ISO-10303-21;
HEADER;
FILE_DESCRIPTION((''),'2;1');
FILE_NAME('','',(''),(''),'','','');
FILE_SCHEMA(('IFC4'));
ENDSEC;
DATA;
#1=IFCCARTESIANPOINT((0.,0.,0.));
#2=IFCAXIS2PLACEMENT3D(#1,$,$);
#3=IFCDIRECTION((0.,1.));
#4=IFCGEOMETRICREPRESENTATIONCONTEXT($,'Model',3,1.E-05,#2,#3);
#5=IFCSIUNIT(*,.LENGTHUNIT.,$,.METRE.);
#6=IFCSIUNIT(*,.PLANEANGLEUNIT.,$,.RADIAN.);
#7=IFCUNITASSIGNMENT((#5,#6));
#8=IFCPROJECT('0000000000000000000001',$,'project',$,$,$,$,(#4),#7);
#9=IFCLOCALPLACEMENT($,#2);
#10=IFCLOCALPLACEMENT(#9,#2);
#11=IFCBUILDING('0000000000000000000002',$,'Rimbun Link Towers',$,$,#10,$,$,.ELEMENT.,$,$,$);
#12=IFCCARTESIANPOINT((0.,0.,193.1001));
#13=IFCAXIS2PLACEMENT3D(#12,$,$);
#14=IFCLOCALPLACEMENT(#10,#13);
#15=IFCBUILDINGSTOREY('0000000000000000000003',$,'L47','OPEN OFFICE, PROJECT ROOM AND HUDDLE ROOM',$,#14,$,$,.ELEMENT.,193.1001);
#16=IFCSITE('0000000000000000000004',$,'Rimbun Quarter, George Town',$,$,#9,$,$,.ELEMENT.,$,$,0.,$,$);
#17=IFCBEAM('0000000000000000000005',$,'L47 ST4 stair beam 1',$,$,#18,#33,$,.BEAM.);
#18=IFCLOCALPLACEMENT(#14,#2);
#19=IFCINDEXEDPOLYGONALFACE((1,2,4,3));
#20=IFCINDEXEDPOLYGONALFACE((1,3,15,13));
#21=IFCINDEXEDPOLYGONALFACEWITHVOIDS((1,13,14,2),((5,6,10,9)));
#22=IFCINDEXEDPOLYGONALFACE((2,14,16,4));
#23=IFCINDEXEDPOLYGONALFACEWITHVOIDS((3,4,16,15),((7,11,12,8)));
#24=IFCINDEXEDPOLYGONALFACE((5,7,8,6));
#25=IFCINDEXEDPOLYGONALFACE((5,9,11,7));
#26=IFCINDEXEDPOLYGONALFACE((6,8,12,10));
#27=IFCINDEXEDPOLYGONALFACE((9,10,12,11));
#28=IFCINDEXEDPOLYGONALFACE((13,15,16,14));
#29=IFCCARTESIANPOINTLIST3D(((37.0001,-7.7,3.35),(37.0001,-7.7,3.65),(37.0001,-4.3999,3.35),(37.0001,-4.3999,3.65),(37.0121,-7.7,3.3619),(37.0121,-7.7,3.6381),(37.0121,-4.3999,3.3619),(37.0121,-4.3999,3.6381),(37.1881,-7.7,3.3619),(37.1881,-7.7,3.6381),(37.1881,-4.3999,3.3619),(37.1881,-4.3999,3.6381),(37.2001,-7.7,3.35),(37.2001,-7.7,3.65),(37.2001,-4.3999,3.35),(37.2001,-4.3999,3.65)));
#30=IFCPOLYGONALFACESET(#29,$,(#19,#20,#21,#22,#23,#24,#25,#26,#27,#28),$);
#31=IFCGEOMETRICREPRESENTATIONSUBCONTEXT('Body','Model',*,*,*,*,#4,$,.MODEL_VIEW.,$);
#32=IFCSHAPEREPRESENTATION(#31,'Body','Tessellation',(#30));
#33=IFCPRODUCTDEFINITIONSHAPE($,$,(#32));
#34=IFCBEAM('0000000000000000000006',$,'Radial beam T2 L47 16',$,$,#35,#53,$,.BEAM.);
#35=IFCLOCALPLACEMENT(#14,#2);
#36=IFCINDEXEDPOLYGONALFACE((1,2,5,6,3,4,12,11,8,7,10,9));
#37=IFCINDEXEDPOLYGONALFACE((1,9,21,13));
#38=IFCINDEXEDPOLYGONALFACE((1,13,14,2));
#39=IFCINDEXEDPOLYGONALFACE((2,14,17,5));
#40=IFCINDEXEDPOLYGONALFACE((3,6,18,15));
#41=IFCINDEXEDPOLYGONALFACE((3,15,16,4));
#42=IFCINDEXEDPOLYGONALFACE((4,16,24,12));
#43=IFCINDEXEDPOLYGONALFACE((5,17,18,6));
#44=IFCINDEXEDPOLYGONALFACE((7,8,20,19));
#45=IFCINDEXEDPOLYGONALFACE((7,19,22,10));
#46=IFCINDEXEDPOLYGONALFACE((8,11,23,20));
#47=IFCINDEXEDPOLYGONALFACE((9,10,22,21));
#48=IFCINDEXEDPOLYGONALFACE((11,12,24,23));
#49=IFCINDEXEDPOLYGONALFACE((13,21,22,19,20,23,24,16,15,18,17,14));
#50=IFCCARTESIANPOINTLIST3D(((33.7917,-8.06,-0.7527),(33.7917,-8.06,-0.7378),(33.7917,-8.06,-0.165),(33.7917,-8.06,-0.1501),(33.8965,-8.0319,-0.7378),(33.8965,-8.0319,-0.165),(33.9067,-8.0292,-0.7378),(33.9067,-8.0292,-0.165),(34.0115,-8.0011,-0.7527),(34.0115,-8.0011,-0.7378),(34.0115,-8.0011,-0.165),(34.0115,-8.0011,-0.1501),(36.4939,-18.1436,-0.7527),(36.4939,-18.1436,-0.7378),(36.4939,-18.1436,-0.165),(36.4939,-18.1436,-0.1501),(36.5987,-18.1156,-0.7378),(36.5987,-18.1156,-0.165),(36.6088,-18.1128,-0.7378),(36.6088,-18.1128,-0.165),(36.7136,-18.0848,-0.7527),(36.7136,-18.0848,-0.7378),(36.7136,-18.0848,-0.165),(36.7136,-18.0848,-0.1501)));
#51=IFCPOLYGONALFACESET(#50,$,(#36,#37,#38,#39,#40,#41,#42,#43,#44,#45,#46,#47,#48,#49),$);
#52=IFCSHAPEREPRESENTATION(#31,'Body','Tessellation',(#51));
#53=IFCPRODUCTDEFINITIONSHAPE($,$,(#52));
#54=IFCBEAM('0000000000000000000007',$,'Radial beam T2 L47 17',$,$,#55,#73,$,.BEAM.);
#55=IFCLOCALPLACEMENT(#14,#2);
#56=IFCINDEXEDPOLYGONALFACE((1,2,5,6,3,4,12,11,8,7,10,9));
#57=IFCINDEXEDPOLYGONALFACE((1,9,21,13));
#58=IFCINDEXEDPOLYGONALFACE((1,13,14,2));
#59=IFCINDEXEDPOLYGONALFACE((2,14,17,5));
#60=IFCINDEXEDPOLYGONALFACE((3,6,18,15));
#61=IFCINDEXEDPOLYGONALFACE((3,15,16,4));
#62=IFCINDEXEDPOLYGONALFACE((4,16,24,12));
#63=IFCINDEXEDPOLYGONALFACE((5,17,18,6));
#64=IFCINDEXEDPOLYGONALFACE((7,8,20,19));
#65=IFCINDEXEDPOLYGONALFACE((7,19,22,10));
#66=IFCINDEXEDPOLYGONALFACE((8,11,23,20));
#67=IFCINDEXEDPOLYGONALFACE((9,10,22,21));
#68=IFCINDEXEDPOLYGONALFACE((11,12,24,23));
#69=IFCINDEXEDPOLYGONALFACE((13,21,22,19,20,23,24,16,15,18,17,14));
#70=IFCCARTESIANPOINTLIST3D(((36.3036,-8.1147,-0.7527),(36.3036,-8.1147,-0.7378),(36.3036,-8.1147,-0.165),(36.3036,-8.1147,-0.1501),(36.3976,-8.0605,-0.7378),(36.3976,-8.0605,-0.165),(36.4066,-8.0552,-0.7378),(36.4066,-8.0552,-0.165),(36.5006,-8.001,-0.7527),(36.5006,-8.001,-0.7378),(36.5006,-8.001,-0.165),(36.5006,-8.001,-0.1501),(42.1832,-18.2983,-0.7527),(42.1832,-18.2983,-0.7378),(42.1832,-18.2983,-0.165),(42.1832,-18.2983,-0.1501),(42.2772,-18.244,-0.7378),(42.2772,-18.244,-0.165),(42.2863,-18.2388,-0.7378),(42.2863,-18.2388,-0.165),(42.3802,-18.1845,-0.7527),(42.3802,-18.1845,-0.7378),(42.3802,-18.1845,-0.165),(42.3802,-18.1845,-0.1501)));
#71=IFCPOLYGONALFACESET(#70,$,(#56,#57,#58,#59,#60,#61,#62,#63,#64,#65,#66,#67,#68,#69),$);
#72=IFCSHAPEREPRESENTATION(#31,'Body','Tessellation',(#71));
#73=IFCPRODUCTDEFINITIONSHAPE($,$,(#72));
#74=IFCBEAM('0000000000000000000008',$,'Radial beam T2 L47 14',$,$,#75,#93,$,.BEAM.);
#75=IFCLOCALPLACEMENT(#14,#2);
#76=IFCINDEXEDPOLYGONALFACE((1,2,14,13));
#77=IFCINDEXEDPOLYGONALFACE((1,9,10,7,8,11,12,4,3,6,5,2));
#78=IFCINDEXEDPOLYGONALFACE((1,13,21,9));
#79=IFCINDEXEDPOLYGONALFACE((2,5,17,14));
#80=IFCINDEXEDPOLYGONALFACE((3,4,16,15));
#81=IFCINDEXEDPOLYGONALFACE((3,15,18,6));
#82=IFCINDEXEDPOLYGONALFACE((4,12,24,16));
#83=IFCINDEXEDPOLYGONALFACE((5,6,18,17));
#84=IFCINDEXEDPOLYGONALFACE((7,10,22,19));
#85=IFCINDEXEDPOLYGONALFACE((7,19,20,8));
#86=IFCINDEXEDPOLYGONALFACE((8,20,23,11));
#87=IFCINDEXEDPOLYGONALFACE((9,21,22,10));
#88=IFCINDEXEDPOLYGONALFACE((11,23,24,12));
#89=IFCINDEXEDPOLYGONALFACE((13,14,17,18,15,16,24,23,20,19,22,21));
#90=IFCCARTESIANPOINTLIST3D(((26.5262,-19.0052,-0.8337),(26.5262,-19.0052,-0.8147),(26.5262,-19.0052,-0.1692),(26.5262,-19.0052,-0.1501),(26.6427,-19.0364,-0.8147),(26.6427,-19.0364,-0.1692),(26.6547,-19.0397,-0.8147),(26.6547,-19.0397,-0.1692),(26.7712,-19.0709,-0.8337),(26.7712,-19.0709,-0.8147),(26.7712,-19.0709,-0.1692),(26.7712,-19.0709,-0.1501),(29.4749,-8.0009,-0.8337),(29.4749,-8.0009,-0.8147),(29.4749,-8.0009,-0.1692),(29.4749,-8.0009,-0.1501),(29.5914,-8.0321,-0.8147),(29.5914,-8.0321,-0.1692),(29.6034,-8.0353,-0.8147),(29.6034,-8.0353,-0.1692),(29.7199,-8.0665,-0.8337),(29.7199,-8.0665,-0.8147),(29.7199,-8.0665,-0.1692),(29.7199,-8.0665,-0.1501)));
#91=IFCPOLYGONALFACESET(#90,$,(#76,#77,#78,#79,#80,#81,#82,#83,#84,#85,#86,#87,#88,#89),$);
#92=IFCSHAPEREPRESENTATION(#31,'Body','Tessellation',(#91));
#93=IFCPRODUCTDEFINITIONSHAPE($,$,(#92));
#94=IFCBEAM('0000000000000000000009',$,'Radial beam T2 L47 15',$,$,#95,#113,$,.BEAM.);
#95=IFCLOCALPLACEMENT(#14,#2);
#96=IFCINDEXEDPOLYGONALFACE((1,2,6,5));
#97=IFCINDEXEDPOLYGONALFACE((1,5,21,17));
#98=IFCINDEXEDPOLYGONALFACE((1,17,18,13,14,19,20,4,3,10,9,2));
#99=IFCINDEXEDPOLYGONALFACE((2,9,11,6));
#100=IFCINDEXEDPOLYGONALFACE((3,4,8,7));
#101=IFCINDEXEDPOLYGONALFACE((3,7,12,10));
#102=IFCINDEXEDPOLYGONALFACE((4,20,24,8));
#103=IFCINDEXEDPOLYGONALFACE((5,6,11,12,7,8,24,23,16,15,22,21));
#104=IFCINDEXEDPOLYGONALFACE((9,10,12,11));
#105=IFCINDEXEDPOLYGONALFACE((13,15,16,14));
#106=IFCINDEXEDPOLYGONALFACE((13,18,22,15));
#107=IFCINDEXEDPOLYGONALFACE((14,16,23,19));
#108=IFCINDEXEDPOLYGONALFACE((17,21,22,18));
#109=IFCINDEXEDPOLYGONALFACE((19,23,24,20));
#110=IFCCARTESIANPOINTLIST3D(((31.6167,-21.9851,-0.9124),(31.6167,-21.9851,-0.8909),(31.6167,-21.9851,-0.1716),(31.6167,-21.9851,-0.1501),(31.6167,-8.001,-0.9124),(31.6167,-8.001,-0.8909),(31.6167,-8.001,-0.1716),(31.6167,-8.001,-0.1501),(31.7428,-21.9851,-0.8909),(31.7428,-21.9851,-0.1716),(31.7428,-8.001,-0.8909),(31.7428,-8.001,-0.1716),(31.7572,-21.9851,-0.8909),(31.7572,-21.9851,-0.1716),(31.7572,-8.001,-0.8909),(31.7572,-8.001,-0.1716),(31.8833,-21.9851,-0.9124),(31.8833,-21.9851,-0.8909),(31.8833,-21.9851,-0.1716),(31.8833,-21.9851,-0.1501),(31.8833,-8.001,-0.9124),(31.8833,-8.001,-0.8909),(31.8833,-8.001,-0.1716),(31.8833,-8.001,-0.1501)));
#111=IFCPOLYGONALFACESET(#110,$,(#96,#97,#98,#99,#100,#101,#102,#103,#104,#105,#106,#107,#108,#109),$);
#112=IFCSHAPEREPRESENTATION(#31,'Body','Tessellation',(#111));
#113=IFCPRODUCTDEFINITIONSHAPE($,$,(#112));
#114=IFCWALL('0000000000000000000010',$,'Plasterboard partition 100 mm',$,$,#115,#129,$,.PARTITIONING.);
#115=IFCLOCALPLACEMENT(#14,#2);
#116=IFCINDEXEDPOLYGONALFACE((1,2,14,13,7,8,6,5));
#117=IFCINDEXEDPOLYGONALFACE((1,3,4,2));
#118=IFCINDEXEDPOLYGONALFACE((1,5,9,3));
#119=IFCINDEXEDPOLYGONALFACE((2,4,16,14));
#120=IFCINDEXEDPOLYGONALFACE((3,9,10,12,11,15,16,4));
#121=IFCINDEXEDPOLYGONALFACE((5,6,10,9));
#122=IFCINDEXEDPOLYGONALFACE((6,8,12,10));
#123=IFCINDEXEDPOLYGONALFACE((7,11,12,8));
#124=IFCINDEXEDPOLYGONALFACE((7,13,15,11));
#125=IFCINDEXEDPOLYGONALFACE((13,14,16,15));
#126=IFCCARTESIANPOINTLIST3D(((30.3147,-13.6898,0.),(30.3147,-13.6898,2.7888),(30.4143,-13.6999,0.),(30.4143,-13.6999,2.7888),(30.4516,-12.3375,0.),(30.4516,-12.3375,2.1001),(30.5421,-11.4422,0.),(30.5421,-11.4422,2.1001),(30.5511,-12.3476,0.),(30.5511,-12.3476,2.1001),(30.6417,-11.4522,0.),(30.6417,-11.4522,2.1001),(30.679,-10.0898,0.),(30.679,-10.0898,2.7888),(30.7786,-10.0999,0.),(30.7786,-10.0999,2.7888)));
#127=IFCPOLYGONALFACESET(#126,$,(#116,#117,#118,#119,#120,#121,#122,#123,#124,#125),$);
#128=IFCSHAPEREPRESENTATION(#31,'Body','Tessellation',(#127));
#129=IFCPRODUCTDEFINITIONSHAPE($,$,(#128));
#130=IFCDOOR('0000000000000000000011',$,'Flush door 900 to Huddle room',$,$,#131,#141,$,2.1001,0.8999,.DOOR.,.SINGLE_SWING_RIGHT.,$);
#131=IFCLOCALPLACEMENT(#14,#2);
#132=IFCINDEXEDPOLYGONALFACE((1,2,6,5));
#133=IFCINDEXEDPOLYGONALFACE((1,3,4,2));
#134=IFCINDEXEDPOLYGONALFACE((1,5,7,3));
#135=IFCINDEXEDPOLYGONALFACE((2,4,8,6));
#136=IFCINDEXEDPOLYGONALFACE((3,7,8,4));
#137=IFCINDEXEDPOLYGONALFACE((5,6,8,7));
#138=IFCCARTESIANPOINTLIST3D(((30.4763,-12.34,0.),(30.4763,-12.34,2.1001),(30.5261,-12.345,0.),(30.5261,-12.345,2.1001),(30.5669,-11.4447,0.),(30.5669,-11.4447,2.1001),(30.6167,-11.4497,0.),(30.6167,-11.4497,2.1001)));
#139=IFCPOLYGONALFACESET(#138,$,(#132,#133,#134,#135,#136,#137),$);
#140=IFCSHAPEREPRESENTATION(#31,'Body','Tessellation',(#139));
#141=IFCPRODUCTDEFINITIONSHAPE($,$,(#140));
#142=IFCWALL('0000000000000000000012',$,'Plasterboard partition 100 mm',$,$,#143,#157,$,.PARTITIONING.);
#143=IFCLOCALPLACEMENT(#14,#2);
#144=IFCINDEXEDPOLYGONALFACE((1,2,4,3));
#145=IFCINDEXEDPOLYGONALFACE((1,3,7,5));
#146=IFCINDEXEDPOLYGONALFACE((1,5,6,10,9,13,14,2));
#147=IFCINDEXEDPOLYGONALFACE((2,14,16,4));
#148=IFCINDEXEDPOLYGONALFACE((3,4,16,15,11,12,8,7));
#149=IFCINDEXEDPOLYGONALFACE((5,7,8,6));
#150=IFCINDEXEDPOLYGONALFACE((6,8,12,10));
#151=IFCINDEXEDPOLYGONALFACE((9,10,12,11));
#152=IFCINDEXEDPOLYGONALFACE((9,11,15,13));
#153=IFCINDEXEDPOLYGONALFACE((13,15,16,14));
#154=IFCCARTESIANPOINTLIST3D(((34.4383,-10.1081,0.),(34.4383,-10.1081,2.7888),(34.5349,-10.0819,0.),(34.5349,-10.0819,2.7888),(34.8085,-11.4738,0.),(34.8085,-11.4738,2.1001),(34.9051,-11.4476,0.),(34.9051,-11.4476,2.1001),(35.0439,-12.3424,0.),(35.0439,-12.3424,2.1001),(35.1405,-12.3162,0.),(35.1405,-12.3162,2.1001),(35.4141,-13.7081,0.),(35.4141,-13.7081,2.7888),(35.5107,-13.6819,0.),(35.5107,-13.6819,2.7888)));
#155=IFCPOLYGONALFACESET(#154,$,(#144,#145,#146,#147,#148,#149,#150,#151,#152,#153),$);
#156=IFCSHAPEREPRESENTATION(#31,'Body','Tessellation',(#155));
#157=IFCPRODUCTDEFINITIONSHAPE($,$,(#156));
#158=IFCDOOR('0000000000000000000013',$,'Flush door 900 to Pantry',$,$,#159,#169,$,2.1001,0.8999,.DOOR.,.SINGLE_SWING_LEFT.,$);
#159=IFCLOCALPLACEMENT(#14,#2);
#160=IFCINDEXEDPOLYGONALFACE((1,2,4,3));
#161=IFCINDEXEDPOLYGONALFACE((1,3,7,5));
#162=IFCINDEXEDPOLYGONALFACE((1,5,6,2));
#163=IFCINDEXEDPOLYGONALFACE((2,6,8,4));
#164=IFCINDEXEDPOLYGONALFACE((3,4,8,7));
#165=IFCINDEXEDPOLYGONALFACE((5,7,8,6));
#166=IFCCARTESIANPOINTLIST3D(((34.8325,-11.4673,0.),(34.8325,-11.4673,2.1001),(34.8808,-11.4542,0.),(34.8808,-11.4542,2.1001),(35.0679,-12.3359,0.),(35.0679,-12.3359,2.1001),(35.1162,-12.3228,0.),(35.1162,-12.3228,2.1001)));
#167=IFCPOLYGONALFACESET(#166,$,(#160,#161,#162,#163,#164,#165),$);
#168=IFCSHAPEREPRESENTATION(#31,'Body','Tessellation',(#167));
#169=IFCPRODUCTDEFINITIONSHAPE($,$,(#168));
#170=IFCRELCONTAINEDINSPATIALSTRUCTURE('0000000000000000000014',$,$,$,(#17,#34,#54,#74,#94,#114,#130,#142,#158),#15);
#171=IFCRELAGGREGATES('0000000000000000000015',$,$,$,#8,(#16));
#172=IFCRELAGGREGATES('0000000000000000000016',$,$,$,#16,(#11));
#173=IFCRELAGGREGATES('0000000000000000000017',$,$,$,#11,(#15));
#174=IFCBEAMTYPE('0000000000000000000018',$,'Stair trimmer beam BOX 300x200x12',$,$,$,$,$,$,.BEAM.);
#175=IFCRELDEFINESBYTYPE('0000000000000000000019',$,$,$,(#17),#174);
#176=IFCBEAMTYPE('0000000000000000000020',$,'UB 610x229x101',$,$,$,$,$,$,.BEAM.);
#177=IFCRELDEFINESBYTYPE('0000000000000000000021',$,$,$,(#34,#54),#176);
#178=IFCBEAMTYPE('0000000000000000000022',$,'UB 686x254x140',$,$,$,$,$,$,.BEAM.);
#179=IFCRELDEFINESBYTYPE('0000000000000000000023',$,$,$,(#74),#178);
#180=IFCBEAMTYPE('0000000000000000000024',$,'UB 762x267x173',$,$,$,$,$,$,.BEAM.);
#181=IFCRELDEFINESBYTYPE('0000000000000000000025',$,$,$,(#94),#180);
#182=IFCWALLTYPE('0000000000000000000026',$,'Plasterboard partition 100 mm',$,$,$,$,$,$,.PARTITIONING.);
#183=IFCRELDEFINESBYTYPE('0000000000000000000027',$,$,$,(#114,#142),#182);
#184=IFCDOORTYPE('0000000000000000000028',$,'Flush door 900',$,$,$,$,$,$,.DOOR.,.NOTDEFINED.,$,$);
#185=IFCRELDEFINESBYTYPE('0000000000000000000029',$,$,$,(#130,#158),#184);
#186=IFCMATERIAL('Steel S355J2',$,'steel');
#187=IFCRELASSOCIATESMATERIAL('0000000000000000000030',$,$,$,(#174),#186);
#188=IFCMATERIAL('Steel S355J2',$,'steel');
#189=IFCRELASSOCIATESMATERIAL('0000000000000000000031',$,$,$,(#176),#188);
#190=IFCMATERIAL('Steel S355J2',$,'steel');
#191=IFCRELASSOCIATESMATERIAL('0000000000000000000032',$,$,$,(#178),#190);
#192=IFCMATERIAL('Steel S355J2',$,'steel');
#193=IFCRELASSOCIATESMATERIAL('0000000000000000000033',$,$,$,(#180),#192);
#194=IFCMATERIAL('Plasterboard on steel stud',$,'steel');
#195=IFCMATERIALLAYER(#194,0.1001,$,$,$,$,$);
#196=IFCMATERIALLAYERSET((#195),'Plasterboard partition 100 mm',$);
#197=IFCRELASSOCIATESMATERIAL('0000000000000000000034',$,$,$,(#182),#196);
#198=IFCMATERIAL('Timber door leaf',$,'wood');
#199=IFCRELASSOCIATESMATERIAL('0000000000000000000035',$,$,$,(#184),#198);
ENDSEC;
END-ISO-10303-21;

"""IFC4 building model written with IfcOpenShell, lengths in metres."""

from ifc_helpers import new_model, si_unit, direction, frame, frame_2d, origin, origin_2d, place, context, subcontext, project, spatial, rectangle, hollow_rectangle, i_section, extrude, material, layer, layer_set, material_profile, profile_set, type_object, element, fill, save


model = new_model("IFC4")

# Units and contexts
model_context = context("Model", 3, precision=1e-05, world=origin(), true_north=direction((0.0, 1.0)))
body_context = subcontext(model_context, "Body", "Model", "MODEL_VIEW")
ifc_project = project(units=[si_unit("LENGTHUNIT", "METRE"), si_unit("PLANEANGLEUNIT", "RADIAN")], contexts=[model_context])

# Site, building, storey
site_placement = place(None, origin())
site = spatial("IfcSite", under=ifc_project, at=site_placement, Name="Rimbun Quarter, George Town", CompositionType="ELEMENT", RefElevation=0.0)
building_placement = place(site_placement, origin())
building = spatial("IfcBuilding", under=site, at=building_placement, Name="Rimbun Link Towers", CompositionType="ELEMENT")
storey_placement = place(building_placement, frame((0.0, 0.0, 193.1001)))
storey = spatial("IfcBuildingStorey", under=building, at=storey_placement, Name="L47", Description="OPEN OFFICE, PROJECT ROOM AND HUDDLE ROOM", CompositionType="ELEMENT", Elevation=193.1001)

# Beams
ifc_material_1 = material(Name="Steel S355J2", Category="steel")
ifc_material_profile_1 = material_profile(ifc_material_1, hollow_rectangle(XDim=0.2, YDim=0.3, WallThickness=0.012, at=origin_2d()), Name="BOX 300x200x12")
ifc_profile_set_1 = profile_set([ifc_material_profile_1], Name="Steel S355J2")
beam_type_1 = type_object("IfcBeamType", Name="Stair trimmer beam BOX 300x200x12", PredefinedType="BEAM", material=ifc_profile_set_1)
beam_1_placement = place(storey_placement, frame((37.1001, -7.7, 3.5), z_axis=(0.0, 1.0, 0.0), x_axis=(-1.0, 0.0, 0.0)))
element("IfcBeam", 1, at=beam_1_placement, inside=storey, type_object=beam_type_1, Name="L47 ST4 stair beam 1", PredefinedType="BEAM", context=body_context, shape_type="SweptSolid", body=[
    extrude(hollow_rectangle(XDim=0.2, YDim=0.3, WallThickness=0.012, at=origin_2d()), origin(), (0.0, 0.0, 1.0), 3.3),
])
ifc_material_2 = material(Name="Steel S355J2", Category="steel")
ifc_material_profile_2 = material_profile(ifc_material_2, i_section(OverallWidth=0.2275, OverallDepth=0.6025, WebThickness=0.0105, FlangeThickness=0.0149, at=origin_2d()), Name="UB 610x229x101")
ifc_profile_set_2 = profile_set([ifc_material_profile_2], Name="Steel S355J2")
beam_type_2 = type_object("IfcBeamType", Name="UB 610x229x101", PredefinedType="BEAM", material=ifc_profile_set_2)
beam_2_placement = place(storey_placement, frame((33.9016, -8.0305, -0.4514), z_axis=(0.258839, -0.965921, 0.0), x_axis=(0.965921, 0.258839, 0.0)))
element("IfcBeam", 2, at=beam_2_placement, inside=storey, type_object=beam_type_2, Name="Radial beam T2 L47 16", PredefinedType="BEAM", context=body_context, shape_type="SweptSolid", body=[
    extrude(i_section(OverallWidth=0.2275, OverallDepth=0.6025, WebThickness=0.0105, FlangeThickness=0.0149, at=origin_2d()), origin(), (0.0, 0.0, 1.0), 10.4395),
])
beam_3_placement = place(storey_placement, frame((36.4021, -8.0579, -0.4514), z_axis=(0.500009, -0.86602, 0.0), x_axis=(0.86602, 0.500009, 0.0)))
element("IfcBeam", 3, at=beam_3_placement, inside=storey, type_object=beam_type_2, Name="Radial beam T2 L47 17", PredefinedType="BEAM", context=body_context, shape_type="SweptSolid", body=[
    extrude(i_section(OverallWidth=0.2275, OverallDepth=0.6025, WebThickness=0.0105, FlangeThickness=0.0149, at=origin_2d()), origin(), (0.0, 0.0, 1.0), 11.759),
])
ifc_material_3 = material(Name="Steel S355J2", Category="steel")
ifc_material_profile_3 = material_profile(ifc_material_3, i_section(OverallWidth=0.2537, OverallDepth=0.6836, WebThickness=0.0125, FlangeThickness=0.019, at=origin_2d()), Name="UB 686x254x140")
ifc_profile_set_3 = profile_set([ifc_material_profile_3], Name="Steel S355J2")
beam_type_3 = type_object("IfcBeamType", Name="UB 686x254x140", PredefinedType="BEAM", material=ifc_profile_set_3)
beam_4_placement = place(storey_placement, frame((29.5974, -8.0337, -0.4919), z_axis=(-0.258828, -0.965923, 0.0), x_axis=(0.965923, -0.258828, 0.0)))
element("IfcBeam", 4, at=beam_4_placement, inside=storey, type_object=beam_type_3, Name="Radial beam T2 L47 14", PredefinedType="BEAM", context=body_context, shape_type="SweptSolid", body=[
    extrude(i_section(OverallWidth=0.2537, OverallDepth=0.6836, WebThickness=0.0125, FlangeThickness=0.019, at=origin_2d()), origin(), (0.0, 0.0, 1.0), 11.3926),
])
ifc_material_4 = material(Name="Steel S355J2", Category="steel")
ifc_material_profile_4 = material_profile(ifc_material_4, i_section(OverallWidth=0.2666, OverallDepth=0.7622, WebThickness=0.0144, FlangeThickness=0.0215, at=origin_2d()), Name="UB 762x267x173")
ifc_profile_set_4 = profile_set([ifc_material_profile_4], Name="Steel S355J2")
beam_type_4 = type_object("IfcBeamType", Name="UB 762x267x173", PredefinedType="BEAM", material=ifc_profile_set_4)
beam_5_placement = place(storey_placement, frame((31.75, -8.001, -0.5312), z_axis=(0.0, -1.0, 0.0), x_axis=(1.0, 0.0, 0.0)))
element("IfcBeam", 5, at=beam_5_placement, inside=storey, type_object=beam_type_4, Name="Radial beam T2 L47 15", PredefinedType="BEAM", context=body_context, shape_type="SweptSolid", body=[
    extrude(i_section(OverallWidth=0.2666, OverallDepth=0.7622, WebThickness=0.0144, FlangeThickness=0.0215, at=origin_2d()), origin(), (0.0, 0.0, 1.0), 13.9841),
])

# Walls, openings, doors
ifc_material_5 = material(Name="Plasterboard on steel stud", Category="steel")
ifc_layer_1 = layer(ifc_material_5, 0.1001)
ifc_layer_set_1 = layer_set([ifc_layer_1], Name="Plasterboard partition 100 mm")
wall_type_1 = type_object("IfcWallType", Name="Plasterboard partition 100 mm", PredefinedType="PARTITIONING", material=ifc_layer_set_1)
wall_1_placement = place(storey_placement, frame((30.7288, -10.095, 0.0), z_axis=(0.0, 0.0, 1.0), x_axis=(-0.100666, -0.99492, 0.0)))
wall_1 = element("IfcWall", 6, at=wall_1_placement, inside=storey, type_object=wall_type_1, Name="Plasterboard partition 100 mm", PredefinedType="PARTITIONING", context=body_context, shape_type="SweptSolid", body=[
    extrude(rectangle(XDim=3.6184, YDim=0.1001, at=frame_2d((1.8091, 0.0))), origin(), (0.0, 0.0, 1.0), 2.7888),
])
opening_1_placement = place(wall_1_placement, frame((1.3591, 0.0, 0.0)))
opening_1 = element("IfcOpeningElement", 7, at=opening_1_placement, cuts=wall_1, PredefinedType="OPENING", context=body_context, shape_type="SweptSolid", body=[
    extrude(rectangle(XDim=0.8999, YDim=2.1001, at=frame_2d((0.45, 1.05))), frame((0.0, 0.0601, 0.0), z_axis=(0.0, -1.0, 0.0), x_axis=(1.0, 0.0, 0.0)), (0.0, 0.0, 1.0), 0.1201),
])
ifc_material_6 = material(Name="Timber door leaf", Category="wood")
door_type_1 = type_object("IfcDoorType", Name="Flush door 900", OperationType="NOTDEFINED", PredefinedType="DOOR", material=ifc_material_6)
door_1_placement = place(opening_1_placement, origin())
door_1 = element("IfcDoor", 8, at=door_1_placement, inside=storey, type_object=door_type_1, Name="Flush door 900 to Huddle room", OperationType="SINGLE_SWING_RIGHT", OverallHeight=2.1001, OverallWidth=0.8999, PredefinedType="DOOR", context=body_context, shape_type="SweptSolid", body=[
    extrude(rectangle(XDim=0.8999, YDim=2.1001, at=frame_2d((0.45, 1.05))), frame((0.0, 0.0249, 0.0), z_axis=(0.0, -1.0, 0.0), x_axis=(1.0, 0.0, 0.0)), (0.0, 0.0, 1.0), 0.05),
])
fill(opening_1, door_1)
wall_2_placement = place(storey_placement, frame((34.4866, -10.095, 0.0), z_axis=(0.0, 0.0, 1.0), x_axis=(0.261616, -0.965172, 0.0)))
wall_2 = element("IfcWall", 9, at=wall_2_placement, inside=storey, type_object=wall_type_1, Name="Plasterboard partition 100 mm", PredefinedType="PARTITIONING", context=body_context, shape_type="SweptSolid", body=[
    extrude(rectangle(XDim=3.73, YDim=0.1001, at=frame_2d((1.865, 0.0))), origin(), (0.0, 0.0, 1.0), 2.7888),
])
opening_2_placement = place(wall_2_placement, frame((1.415, 0.0, 0.0)))
opening_2 = element("IfcOpeningElement", 10, at=opening_2_placement, cuts=wall_2, PredefinedType="OPENING", context=body_context, shape_type="SweptSolid", body=[
    extrude(rectangle(XDim=0.8999, YDim=2.1001, at=frame_2d((0.45, 1.05))), frame((0.0, 0.0601, 0.0), z_axis=(0.0, -1.0, 0.0), x_axis=(1.0, 0.0, 0.0)), (0.0, 0.0, 1.0), 0.1201),
])
door_2_placement = place(opening_2_placement, origin())
door_2 = element("IfcDoor", 11, at=door_2_placement, inside=storey, type_object=door_type_1, Name="Flush door 900 to Pantry", OperationType="SINGLE_SWING_LEFT", OverallHeight=2.1001, OverallWidth=0.8999, PredefinedType="DOOR", context=body_context, shape_type="SweptSolid", body=[
    extrude(rectangle(XDim=0.8999, YDim=2.1001, at=frame_2d((0.45, 1.05))), frame((0.0, 0.0249, 0.0), z_axis=(0.0, -1.0, 0.0), x_axis=(1.0, 0.0, 0.0)), (0.0, 0.0, 1.0), 0.05),
])
fill(opening_2, door_2)

save(model, "model.ifc")
